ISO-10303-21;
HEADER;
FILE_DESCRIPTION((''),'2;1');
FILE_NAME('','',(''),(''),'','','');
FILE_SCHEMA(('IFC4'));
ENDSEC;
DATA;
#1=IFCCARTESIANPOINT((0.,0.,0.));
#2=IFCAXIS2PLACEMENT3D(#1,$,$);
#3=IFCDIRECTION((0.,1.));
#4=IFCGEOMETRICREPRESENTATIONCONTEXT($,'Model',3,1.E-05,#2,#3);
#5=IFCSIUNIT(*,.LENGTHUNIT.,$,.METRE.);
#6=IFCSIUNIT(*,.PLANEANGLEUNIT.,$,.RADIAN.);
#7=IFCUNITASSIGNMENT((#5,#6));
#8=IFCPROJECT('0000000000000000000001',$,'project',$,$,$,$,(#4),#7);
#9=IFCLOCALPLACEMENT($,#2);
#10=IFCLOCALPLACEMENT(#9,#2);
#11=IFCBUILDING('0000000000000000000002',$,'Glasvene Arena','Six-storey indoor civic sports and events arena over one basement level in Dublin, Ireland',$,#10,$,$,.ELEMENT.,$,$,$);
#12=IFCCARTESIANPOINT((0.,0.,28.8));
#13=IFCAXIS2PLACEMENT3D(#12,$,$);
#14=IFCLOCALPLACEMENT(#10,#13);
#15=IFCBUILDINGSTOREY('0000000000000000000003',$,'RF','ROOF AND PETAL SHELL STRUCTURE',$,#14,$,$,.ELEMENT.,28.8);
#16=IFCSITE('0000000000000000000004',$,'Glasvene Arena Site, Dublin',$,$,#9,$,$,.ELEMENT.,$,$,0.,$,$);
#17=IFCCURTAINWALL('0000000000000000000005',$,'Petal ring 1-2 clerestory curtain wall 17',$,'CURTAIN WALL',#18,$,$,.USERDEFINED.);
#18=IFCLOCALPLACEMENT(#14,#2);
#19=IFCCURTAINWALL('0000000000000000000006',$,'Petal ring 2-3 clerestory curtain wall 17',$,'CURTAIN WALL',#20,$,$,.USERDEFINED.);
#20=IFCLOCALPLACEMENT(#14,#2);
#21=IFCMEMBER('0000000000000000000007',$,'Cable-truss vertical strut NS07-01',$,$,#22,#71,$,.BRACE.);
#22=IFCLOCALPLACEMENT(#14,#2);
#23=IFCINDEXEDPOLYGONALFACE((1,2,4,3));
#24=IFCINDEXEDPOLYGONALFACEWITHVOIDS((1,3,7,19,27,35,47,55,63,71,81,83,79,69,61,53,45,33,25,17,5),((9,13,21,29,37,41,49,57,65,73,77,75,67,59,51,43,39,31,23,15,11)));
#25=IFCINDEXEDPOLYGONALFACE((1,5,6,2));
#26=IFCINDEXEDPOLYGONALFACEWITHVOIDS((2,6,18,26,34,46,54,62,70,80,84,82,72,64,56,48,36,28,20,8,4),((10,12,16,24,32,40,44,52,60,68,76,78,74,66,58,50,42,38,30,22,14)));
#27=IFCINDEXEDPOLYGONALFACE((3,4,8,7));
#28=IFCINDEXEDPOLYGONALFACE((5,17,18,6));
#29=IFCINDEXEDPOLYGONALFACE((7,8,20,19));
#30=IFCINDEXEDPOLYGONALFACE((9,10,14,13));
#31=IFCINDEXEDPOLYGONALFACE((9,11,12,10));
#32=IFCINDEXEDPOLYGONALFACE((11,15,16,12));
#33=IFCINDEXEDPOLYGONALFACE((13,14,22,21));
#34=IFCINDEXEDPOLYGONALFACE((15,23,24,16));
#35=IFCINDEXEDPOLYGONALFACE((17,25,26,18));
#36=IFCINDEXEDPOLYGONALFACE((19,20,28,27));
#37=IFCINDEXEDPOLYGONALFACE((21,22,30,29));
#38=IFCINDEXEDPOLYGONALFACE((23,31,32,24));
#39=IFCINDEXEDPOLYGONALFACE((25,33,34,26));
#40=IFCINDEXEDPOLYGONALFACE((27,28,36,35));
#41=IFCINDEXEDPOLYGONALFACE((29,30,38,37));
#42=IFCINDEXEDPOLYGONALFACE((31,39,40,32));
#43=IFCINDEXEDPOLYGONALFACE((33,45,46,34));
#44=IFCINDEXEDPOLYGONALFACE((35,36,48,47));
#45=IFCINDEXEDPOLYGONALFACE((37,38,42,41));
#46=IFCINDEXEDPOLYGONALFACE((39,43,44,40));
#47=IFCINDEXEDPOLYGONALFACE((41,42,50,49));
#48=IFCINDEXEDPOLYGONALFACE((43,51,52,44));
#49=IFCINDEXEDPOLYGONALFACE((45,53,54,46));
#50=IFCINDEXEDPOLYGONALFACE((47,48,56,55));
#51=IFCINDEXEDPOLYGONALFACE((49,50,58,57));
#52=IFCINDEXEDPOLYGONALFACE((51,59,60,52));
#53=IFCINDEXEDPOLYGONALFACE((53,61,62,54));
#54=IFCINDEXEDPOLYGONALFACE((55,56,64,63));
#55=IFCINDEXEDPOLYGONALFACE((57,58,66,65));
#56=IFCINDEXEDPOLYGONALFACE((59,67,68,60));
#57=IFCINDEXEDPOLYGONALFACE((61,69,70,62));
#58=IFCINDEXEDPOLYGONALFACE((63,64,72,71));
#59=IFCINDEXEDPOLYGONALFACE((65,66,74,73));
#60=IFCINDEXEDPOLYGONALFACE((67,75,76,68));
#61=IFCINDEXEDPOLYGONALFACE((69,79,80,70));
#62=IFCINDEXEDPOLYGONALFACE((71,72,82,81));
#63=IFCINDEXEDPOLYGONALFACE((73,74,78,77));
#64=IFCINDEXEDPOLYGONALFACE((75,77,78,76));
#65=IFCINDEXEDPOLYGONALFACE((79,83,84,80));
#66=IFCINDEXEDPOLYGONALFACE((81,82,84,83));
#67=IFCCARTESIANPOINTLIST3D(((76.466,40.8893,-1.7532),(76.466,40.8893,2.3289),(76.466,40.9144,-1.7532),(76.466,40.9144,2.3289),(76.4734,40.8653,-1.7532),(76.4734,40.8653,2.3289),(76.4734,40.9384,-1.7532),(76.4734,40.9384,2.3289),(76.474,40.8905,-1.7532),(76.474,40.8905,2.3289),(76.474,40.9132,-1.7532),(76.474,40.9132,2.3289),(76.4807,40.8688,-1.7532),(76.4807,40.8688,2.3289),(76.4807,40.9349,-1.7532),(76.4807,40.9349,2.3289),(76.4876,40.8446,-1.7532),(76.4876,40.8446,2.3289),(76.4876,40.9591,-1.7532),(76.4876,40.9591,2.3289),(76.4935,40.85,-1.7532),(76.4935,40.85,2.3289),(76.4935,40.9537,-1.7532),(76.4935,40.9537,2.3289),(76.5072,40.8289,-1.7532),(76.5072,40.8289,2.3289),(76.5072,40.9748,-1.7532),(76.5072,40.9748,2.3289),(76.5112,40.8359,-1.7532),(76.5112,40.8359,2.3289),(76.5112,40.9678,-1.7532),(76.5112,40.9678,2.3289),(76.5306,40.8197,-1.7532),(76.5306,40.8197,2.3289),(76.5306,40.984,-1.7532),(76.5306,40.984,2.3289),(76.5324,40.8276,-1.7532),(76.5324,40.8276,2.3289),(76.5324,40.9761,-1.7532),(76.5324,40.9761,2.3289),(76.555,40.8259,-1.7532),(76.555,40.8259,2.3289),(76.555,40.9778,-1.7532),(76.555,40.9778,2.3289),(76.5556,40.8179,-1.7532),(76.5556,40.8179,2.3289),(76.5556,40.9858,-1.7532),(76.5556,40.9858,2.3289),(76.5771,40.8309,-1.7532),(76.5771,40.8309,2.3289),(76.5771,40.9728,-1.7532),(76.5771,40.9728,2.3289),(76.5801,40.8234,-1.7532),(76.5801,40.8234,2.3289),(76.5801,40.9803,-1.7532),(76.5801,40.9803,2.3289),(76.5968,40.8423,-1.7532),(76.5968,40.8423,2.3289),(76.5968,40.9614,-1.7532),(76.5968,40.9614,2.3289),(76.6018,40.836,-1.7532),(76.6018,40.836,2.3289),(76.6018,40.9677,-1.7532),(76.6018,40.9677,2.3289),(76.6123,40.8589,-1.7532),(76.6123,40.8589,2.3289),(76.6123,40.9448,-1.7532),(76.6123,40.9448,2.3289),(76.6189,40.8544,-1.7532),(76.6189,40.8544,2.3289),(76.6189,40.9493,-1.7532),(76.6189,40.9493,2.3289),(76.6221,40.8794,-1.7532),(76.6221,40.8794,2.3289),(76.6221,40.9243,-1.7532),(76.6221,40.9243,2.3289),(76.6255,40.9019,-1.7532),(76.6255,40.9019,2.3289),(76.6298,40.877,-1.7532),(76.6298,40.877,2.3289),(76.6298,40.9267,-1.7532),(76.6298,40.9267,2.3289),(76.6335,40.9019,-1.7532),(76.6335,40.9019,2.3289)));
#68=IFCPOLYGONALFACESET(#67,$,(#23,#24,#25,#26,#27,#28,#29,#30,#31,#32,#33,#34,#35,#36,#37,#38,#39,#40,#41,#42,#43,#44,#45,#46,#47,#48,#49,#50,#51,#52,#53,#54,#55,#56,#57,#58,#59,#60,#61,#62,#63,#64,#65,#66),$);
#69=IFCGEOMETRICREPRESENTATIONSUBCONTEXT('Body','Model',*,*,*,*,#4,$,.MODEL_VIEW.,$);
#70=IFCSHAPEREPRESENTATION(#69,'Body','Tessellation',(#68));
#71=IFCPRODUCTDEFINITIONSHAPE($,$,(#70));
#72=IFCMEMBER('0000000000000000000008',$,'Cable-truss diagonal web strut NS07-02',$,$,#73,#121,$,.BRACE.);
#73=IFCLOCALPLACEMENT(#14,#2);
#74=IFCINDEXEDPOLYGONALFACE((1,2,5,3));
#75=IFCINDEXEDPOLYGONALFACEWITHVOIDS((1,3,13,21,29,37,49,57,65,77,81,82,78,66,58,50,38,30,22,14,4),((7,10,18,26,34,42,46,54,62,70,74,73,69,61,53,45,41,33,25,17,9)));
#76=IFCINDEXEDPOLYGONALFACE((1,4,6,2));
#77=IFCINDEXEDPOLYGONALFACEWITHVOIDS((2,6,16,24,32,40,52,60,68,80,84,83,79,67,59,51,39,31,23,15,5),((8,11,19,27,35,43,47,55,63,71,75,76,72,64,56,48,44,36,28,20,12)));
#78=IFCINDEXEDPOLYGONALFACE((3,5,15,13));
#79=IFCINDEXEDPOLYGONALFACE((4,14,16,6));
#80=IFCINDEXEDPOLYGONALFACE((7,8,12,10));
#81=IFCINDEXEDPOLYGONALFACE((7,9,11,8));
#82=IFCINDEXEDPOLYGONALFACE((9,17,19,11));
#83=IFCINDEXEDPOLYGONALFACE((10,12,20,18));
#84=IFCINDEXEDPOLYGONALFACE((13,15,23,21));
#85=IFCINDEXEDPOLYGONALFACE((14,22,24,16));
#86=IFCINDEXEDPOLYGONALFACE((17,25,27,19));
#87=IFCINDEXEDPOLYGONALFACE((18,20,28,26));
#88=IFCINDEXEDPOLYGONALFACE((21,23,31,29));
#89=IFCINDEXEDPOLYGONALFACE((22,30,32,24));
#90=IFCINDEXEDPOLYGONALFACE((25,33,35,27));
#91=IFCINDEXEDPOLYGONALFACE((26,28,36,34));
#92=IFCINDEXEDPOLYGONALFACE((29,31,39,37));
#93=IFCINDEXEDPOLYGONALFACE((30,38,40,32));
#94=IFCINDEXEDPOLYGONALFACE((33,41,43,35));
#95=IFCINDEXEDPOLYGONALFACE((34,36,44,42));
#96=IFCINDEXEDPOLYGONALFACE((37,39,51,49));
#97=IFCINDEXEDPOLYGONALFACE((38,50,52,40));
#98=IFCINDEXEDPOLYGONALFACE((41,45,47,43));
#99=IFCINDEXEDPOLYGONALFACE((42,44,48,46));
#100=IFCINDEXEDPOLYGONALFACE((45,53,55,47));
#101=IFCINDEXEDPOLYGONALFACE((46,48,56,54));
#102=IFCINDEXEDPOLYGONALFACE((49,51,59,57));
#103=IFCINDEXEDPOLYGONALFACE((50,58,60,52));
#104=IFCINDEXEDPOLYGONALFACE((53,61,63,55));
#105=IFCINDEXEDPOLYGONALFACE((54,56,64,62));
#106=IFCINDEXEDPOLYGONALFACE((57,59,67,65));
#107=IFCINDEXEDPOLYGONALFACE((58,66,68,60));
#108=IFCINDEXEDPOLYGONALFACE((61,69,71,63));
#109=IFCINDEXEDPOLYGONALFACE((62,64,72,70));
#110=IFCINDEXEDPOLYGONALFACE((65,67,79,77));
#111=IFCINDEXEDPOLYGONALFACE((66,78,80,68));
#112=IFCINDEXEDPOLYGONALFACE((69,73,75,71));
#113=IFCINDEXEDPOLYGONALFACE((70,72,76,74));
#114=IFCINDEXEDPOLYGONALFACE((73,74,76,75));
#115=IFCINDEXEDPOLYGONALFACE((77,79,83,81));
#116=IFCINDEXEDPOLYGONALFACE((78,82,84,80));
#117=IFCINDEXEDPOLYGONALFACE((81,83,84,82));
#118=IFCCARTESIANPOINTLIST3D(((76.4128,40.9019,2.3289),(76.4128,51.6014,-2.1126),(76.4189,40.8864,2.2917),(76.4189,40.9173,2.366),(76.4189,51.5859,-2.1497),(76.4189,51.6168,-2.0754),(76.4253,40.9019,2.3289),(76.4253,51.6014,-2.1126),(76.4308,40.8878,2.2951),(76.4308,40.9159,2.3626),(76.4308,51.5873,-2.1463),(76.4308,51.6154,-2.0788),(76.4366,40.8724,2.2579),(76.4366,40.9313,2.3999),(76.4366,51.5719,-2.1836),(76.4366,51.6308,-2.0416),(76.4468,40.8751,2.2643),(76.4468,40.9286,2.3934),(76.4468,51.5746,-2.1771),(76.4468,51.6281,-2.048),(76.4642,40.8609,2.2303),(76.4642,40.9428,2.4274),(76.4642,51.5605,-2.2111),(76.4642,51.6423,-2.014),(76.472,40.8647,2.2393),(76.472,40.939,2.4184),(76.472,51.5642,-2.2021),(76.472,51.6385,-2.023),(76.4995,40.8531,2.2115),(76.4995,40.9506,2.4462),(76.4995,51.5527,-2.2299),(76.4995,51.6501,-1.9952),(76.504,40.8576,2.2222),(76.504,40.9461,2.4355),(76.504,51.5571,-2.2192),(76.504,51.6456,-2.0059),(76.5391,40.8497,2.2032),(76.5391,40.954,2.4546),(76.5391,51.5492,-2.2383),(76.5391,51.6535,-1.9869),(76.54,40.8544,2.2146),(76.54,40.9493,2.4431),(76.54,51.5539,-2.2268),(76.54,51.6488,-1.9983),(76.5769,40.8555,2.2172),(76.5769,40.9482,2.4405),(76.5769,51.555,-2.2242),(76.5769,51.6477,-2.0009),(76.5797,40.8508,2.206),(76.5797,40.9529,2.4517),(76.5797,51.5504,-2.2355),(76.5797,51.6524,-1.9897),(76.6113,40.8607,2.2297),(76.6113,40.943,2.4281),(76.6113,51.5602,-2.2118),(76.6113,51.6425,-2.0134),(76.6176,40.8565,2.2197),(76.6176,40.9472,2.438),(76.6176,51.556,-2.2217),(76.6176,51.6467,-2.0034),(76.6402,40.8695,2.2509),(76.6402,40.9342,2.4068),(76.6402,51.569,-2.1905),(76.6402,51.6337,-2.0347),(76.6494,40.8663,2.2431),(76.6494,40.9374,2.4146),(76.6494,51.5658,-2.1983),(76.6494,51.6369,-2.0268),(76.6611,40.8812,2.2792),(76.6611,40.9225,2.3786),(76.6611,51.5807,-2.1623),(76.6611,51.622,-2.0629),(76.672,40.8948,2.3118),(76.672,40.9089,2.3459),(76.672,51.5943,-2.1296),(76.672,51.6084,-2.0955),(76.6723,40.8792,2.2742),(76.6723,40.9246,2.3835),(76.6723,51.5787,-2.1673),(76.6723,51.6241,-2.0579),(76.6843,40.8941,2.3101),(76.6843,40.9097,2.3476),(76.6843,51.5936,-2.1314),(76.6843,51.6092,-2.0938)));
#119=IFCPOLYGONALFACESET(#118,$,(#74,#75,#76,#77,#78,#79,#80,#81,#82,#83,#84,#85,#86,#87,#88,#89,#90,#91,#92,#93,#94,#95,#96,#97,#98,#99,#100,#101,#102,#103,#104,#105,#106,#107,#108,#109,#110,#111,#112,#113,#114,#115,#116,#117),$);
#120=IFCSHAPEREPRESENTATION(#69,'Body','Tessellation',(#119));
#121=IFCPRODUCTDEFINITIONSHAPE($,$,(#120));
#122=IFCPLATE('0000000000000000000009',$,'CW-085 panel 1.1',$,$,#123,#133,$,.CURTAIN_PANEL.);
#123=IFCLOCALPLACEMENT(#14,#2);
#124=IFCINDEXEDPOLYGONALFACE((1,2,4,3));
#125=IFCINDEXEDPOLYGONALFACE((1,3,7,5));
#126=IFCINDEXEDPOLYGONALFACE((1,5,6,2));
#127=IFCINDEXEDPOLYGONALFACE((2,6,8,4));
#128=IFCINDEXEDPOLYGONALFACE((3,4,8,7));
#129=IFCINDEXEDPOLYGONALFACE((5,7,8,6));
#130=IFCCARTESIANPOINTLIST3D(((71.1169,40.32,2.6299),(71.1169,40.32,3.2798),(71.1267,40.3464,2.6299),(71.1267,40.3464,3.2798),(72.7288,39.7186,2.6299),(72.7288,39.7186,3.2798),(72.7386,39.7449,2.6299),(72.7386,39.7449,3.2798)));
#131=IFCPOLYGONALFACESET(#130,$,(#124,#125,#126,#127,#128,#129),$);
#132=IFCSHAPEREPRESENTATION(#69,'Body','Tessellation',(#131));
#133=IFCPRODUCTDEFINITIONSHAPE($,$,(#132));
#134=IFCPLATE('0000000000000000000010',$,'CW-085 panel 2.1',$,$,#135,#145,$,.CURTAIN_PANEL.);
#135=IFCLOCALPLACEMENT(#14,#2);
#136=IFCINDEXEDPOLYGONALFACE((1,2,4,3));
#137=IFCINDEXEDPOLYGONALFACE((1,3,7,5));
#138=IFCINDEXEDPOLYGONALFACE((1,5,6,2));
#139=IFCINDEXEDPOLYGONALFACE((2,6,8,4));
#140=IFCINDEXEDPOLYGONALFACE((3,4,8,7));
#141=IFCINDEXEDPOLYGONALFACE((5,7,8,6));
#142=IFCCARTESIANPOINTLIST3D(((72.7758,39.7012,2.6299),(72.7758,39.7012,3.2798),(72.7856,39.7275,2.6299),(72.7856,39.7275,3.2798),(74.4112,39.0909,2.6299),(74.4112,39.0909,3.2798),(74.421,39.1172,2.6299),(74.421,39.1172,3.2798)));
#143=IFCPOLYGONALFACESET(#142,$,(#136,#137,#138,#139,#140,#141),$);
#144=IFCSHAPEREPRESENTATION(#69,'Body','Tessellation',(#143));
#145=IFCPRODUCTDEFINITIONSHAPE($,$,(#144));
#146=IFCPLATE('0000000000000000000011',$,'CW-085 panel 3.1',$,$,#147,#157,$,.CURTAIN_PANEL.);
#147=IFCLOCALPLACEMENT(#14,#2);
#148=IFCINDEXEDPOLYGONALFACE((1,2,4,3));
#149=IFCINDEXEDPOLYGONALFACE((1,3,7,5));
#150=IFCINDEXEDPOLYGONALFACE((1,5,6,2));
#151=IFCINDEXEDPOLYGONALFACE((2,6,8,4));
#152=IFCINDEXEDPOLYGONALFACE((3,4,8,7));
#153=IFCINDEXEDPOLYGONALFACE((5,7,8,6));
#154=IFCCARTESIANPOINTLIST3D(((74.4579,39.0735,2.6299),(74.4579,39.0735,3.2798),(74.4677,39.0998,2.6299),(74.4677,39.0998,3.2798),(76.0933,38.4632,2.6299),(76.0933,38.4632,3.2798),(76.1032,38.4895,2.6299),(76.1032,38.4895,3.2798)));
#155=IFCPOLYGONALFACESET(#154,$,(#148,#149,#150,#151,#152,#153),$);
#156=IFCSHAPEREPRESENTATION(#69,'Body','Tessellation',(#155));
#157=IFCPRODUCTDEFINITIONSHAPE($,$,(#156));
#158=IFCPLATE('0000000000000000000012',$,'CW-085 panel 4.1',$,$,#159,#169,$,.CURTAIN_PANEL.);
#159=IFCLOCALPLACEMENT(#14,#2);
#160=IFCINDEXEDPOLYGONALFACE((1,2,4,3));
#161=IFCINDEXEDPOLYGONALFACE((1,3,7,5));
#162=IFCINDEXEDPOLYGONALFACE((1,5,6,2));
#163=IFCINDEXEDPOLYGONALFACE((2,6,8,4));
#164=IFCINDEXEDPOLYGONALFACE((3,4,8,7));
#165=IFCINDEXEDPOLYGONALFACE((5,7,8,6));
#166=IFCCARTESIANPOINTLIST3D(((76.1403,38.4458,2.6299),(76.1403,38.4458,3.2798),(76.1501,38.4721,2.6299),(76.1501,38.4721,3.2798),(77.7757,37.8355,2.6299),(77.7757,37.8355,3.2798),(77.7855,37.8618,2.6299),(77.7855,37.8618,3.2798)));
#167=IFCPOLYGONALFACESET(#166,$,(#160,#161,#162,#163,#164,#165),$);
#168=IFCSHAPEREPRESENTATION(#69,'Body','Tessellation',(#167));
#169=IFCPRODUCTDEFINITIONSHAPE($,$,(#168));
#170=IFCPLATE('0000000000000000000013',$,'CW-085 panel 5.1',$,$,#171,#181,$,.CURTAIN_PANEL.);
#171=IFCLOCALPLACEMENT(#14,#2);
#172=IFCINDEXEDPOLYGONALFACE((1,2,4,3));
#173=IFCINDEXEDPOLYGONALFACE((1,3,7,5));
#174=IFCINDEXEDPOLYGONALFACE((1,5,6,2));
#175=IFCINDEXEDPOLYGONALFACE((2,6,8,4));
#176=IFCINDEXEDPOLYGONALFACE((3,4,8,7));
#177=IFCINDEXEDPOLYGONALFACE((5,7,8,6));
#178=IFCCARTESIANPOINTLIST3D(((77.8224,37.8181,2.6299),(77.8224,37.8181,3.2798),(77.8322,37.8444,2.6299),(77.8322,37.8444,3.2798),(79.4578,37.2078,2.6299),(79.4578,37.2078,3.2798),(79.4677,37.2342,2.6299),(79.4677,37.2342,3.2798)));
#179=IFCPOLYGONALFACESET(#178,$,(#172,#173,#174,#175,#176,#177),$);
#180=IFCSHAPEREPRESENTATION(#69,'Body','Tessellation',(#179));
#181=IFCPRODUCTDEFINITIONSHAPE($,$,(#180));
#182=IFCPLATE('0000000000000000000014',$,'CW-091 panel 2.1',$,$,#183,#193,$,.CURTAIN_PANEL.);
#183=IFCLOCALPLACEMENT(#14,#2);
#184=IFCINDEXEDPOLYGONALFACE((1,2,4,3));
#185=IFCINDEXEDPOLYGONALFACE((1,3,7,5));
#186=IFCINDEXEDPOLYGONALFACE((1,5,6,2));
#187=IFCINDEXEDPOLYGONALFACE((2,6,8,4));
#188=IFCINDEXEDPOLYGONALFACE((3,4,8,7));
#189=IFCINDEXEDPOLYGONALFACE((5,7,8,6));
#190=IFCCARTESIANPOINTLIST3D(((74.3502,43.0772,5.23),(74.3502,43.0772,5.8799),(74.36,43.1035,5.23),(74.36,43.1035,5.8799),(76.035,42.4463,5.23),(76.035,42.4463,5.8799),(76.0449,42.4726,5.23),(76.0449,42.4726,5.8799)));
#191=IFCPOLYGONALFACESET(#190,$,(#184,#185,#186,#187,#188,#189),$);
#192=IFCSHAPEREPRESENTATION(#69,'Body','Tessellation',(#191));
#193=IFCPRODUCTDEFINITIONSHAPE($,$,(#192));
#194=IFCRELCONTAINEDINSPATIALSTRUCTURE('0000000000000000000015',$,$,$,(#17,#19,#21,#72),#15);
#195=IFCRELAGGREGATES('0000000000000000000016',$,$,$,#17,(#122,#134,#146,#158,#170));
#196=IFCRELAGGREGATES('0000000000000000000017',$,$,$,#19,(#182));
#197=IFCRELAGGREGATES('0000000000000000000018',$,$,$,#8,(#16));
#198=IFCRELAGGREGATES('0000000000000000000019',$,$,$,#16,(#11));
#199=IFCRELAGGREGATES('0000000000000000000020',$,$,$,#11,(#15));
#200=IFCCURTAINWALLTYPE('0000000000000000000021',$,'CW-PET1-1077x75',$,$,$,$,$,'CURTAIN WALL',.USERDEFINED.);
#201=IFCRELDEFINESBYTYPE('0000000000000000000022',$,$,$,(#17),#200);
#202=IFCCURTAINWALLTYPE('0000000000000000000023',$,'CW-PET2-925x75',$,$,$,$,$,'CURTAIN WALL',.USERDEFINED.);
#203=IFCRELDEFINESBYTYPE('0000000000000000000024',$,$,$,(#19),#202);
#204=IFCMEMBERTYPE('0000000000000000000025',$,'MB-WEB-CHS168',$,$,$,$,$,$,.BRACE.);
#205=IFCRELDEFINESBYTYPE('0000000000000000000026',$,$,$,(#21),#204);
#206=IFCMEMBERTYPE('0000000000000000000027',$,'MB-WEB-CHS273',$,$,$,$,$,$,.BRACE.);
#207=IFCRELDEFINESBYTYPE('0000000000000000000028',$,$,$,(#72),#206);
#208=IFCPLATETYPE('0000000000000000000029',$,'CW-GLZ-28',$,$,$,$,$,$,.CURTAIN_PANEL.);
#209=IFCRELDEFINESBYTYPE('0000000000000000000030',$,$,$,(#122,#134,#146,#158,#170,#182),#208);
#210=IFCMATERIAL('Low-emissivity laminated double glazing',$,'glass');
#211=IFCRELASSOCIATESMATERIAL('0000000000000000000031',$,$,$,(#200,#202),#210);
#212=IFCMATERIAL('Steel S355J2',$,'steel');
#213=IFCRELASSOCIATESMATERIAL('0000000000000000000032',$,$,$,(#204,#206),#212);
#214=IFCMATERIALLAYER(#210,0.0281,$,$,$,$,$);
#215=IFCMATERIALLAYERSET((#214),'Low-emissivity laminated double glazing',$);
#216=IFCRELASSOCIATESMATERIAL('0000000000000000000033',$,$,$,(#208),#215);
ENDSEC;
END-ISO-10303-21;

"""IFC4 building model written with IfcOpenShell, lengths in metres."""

from ifc_helpers import new_model, si_unit, direction, frame, origin, origin_2d, place, context, subcontext, project, spatial, rectangle, hollow_circle, extrude, material, layer, layer_set, material_profile, profile_set, type_object, element, aggregate, save


model = new_model("IFC4")

# Units and contexts
model_context = context("Model", 3, precision=1e-05, world=origin(), true_north=direction((0.0, 1.0)))
body_context = subcontext(model_context, "Body", "Model", "MODEL_VIEW")
ifc_project = project(units=[si_unit("LENGTHUNIT", "METRE"), si_unit("PLANEANGLEUNIT", "RADIAN")], contexts=[model_context])

# Site, building, storey
site_placement = place(None, origin())
site = spatial("IfcSite", under=ifc_project, at=site_placement, Name="Glasvene Arena Site, Dublin", CompositionType="ELEMENT", RefElevation=0.0)
building_placement = place(site_placement, origin())
building = spatial("IfcBuilding", under=site, at=building_placement, Name="Glasvene Arena", Description="Six-storey indoor civic sports and events arena over one basement level in Dublin, Ireland", CompositionType="ELEMENT")
storey_placement = place(building_placement, frame((0.0, 0.0, 28.8)))
storey = spatial("IfcBuildingStorey", under=building, at=storey_placement, Name="RF", Description="ROOF AND PETAL SHELL STRUCTURE", CompositionType="ELEMENT", Elevation=28.8)

# Curtain walls
ifc_material_1 = material(Name="Low-emissivity laminated double glazing", Category="glass")
curtain_wall_type_1 = type_object("IfcCurtainWallType", Name="CW-PET1-1077x75", ElementType="CURTAIN WALL", PredefinedType="USERDEFINED", material=ifc_material_1)
curtain_wall_1_placement = place(storey_placement, frame((71.075, 40.3508, 0.0)))
curtain_wall_1 = element("IfcCurtainWall", 1, at=curtain_wall_1_placement, inside=storey, type_object=curtain_wall_type_1, Name="Petal ring 1-2 clerestory curtain wall 17", ObjectType="CURTAIN WALL", PredefinedType="USERDEFINED")
curtain_wall_type_2 = type_object("IfcCurtainWallType", Name="CW-PET2-925x75", ElementType="CURTAIN WALL", PredefinedType="USERDEFINED", material=ifc_material_1)
curtain_wall_2_placement = place(storey_placement, frame((72.6001, 43.7476, 0.0)))
curtain_wall_2 = element("IfcCurtainWall", 2, at=curtain_wall_2_placement, inside=storey, type_object=curtain_wall_type_2, Name="Petal ring 2-3 clerestory curtain wall 17", ObjectType="CURTAIN WALL", PredefinedType="USERDEFINED")

# Members
ifc_material_2 = material(Name="Steel S355J2", Category="steel")
ifc_material_profile_1 = material_profile(ifc_material_2, hollow_circle(Radius=0.0842, WallThickness=0.0081, at=origin_2d()), Name="CHS 168.3x8.0")
ifc_profile_set_1 = profile_set([ifc_material_profile_1], Name="Steel S355J2")
member_type_1 = type_object("IfcMemberType", Name="MB-WEB-CHS168", PredefinedType="BRACE", material=ifc_profile_set_1)
member_1_placement = place(storey_placement, frame((76.5493, 40.9019, -1.7532), z_axis=(0.0, 0.0, 1.0), x_axis=(1.0, 0.0, 0.0)))
element("IfcMember", 3, at=member_1_placement, inside=storey, type_object=member_type_1, Name="Cable-truss vertical strut NS07-01", PredefinedType="BRACE", context=body_context, shape_type="SweptSolid", body=[
    extrude(hollow_circle(Radius=0.0842, WallThickness=0.0081, at=origin_2d()), origin(), (0.0, 0.0, 1.0), 4.082),
])
ifc_material_profile_2 = material_profile(ifc_material_2, hollow_circle(Radius=0.1365, WallThickness=0.0125, at=origin_2d()), Name="CHS 273.0x12.5")
ifc_profile_set_2 = profile_set([ifc_material_profile_2], Name="Steel S355J2")
member_type_2 = type_object("IfcMemberType", Name="MB-WEB-CHS273", PredefinedType="BRACE", material=ifc_profile_set_2)
member_2_placement = place(storey_placement, frame((76.5493, 40.9019, 2.3289), z_axis=(0.0, 0.923588, -0.383386), x_axis=(-1.0, 0.0, 0.0)))
element("IfcMember", 4, at=member_2_placement, inside=storey, type_object=member_type_2, Name="Cable-truss diagonal web strut NS07-02", PredefinedType="BRACE", context=body_context, shape_type="SweptSolid", body=[
    extrude(hollow_circle(Radius=0.1365, WallThickness=0.0125, at=origin_2d()), origin(), (0.0, 0.0, 1.0), 11.5847),
])

# Plates
ifc_layer = layer(ifc_material_1, 0.0281)
ifc_layer_set = layer_set([ifc_layer], Name="Low-emissivity laminated double glazing")
plate_type = type_object("IfcPlateType", Name="CW-GLZ-28", PredefinedType="CURTAIN_PANEL", material=ifc_layer_set)
plate_1_placement = place(storey_placement, frame((71.9277, 40.0325, 2.6299), z_axis=(0.0, 0.0, 1.0), x_axis=(0.936902, -0.349591, 0.0)))
plate_1 = element("IfcPlate", 5, at=plate_1_placement, type_object=plate_type, Name="CW-085 panel 1.1", PredefinedType="CURTAIN_PANEL", context=body_context, shape_type="SweptSolid", body=[
    extrude(rectangle(XDim=1.7205, YDim=0.0281, at=origin_2d()), origin(), (0.0, 0.0, 1.0), 0.6499),
])
plate_2_placement = place(storey_placement, frame((73.5984, 39.4092, 2.6299), z_axis=(0.0, 0.0, 1.0), x_axis=(0.936902, -0.349591, 0.0)))
plate_2 = element("IfcPlate", 6, at=plate_2_placement, type_object=plate_type, Name="CW-085 panel 2.1", PredefinedType="CURTAIN_PANEL", context=body_context, shape_type="SweptSolid", body=[
    extrude(rectangle(XDim=1.7456, YDim=0.0281, at=origin_2d()), origin(), (0.0, 0.0, 1.0), 0.6499),
])
plate_3_placement = place(storey_placement, frame((75.2805, 38.7815, 2.6299), z_axis=(0.0, 0.0, 1.0), x_axis=(0.936902, -0.349591, 0.0)))
plate_3 = element("IfcPlate", 7, at=plate_3_placement, type_object=plate_type, Name="CW-085 panel 3.1", PredefinedType="CURTAIN_PANEL", context=body_context, shape_type="SweptSolid", body=[
    extrude(rectangle(XDim=1.7456, YDim=0.0281, at=origin_2d()), origin(), (0.0, 0.0, 1.0), 0.6499),
])
plate_4_placement = place(storey_placement, frame((76.9629, 38.1538, 2.6299), z_axis=(0.0, 0.0, 1.0), x_axis=(0.936902, -0.349591, 0.0)))
plate_4 = element("IfcPlate", 8, at=plate_4_placement, type_object=plate_type, Name="CW-085 panel 4.1", PredefinedType="CURTAIN_PANEL", context=body_context, shape_type="SweptSolid", body=[
    extrude(rectangle(XDim=1.7456, YDim=0.0281, at=origin_2d()), origin(), (0.0, 0.0, 1.0), 0.6499),
])
plate_5_placement = place(storey_placement, frame((78.645, 37.5261, 2.6299), z_axis=(0.0, 0.0, 1.0), x_axis=(0.936902, -0.349591, 0.0)))
plate_5 = element("IfcPlate", 9, at=plate_5_placement, type_object=plate_type, Name="CW-085 panel 5.1", PredefinedType="CURTAIN_PANEL", context=body_context, shape_type="SweptSolid", body=[
    extrude(rectangle(XDim=1.7456, YDim=0.0281, at=origin_2d()), origin(), (0.0, 0.0, 1.0), 0.6499),
])
aggregate(curtain_wall_1, [plate_1, plate_2, plate_3, plate_4, plate_5])
plate_6_placement = place(storey_placement, frame((75.1975, 42.7749, 5.23), z_axis=(0.0, 0.0, 1.0), x_axis=(0.93651, -0.35064, 0.0)))
plate_6 = element("IfcPlate", 10, at=plate_6_placement, type_object=plate_type, Name="CW-091 panel 2.1", PredefinedType="CURTAIN_PANEL", context=body_context, shape_type="SweptSolid", body=[
    extrude(rectangle(XDim=1.7991, YDim=0.0281, at=origin_2d()), origin(), (0.0, 0.0, 1.0), 0.6499),
])
aggregate(curtain_wall_2, [plate_6])

save(model, "model.ifc")
